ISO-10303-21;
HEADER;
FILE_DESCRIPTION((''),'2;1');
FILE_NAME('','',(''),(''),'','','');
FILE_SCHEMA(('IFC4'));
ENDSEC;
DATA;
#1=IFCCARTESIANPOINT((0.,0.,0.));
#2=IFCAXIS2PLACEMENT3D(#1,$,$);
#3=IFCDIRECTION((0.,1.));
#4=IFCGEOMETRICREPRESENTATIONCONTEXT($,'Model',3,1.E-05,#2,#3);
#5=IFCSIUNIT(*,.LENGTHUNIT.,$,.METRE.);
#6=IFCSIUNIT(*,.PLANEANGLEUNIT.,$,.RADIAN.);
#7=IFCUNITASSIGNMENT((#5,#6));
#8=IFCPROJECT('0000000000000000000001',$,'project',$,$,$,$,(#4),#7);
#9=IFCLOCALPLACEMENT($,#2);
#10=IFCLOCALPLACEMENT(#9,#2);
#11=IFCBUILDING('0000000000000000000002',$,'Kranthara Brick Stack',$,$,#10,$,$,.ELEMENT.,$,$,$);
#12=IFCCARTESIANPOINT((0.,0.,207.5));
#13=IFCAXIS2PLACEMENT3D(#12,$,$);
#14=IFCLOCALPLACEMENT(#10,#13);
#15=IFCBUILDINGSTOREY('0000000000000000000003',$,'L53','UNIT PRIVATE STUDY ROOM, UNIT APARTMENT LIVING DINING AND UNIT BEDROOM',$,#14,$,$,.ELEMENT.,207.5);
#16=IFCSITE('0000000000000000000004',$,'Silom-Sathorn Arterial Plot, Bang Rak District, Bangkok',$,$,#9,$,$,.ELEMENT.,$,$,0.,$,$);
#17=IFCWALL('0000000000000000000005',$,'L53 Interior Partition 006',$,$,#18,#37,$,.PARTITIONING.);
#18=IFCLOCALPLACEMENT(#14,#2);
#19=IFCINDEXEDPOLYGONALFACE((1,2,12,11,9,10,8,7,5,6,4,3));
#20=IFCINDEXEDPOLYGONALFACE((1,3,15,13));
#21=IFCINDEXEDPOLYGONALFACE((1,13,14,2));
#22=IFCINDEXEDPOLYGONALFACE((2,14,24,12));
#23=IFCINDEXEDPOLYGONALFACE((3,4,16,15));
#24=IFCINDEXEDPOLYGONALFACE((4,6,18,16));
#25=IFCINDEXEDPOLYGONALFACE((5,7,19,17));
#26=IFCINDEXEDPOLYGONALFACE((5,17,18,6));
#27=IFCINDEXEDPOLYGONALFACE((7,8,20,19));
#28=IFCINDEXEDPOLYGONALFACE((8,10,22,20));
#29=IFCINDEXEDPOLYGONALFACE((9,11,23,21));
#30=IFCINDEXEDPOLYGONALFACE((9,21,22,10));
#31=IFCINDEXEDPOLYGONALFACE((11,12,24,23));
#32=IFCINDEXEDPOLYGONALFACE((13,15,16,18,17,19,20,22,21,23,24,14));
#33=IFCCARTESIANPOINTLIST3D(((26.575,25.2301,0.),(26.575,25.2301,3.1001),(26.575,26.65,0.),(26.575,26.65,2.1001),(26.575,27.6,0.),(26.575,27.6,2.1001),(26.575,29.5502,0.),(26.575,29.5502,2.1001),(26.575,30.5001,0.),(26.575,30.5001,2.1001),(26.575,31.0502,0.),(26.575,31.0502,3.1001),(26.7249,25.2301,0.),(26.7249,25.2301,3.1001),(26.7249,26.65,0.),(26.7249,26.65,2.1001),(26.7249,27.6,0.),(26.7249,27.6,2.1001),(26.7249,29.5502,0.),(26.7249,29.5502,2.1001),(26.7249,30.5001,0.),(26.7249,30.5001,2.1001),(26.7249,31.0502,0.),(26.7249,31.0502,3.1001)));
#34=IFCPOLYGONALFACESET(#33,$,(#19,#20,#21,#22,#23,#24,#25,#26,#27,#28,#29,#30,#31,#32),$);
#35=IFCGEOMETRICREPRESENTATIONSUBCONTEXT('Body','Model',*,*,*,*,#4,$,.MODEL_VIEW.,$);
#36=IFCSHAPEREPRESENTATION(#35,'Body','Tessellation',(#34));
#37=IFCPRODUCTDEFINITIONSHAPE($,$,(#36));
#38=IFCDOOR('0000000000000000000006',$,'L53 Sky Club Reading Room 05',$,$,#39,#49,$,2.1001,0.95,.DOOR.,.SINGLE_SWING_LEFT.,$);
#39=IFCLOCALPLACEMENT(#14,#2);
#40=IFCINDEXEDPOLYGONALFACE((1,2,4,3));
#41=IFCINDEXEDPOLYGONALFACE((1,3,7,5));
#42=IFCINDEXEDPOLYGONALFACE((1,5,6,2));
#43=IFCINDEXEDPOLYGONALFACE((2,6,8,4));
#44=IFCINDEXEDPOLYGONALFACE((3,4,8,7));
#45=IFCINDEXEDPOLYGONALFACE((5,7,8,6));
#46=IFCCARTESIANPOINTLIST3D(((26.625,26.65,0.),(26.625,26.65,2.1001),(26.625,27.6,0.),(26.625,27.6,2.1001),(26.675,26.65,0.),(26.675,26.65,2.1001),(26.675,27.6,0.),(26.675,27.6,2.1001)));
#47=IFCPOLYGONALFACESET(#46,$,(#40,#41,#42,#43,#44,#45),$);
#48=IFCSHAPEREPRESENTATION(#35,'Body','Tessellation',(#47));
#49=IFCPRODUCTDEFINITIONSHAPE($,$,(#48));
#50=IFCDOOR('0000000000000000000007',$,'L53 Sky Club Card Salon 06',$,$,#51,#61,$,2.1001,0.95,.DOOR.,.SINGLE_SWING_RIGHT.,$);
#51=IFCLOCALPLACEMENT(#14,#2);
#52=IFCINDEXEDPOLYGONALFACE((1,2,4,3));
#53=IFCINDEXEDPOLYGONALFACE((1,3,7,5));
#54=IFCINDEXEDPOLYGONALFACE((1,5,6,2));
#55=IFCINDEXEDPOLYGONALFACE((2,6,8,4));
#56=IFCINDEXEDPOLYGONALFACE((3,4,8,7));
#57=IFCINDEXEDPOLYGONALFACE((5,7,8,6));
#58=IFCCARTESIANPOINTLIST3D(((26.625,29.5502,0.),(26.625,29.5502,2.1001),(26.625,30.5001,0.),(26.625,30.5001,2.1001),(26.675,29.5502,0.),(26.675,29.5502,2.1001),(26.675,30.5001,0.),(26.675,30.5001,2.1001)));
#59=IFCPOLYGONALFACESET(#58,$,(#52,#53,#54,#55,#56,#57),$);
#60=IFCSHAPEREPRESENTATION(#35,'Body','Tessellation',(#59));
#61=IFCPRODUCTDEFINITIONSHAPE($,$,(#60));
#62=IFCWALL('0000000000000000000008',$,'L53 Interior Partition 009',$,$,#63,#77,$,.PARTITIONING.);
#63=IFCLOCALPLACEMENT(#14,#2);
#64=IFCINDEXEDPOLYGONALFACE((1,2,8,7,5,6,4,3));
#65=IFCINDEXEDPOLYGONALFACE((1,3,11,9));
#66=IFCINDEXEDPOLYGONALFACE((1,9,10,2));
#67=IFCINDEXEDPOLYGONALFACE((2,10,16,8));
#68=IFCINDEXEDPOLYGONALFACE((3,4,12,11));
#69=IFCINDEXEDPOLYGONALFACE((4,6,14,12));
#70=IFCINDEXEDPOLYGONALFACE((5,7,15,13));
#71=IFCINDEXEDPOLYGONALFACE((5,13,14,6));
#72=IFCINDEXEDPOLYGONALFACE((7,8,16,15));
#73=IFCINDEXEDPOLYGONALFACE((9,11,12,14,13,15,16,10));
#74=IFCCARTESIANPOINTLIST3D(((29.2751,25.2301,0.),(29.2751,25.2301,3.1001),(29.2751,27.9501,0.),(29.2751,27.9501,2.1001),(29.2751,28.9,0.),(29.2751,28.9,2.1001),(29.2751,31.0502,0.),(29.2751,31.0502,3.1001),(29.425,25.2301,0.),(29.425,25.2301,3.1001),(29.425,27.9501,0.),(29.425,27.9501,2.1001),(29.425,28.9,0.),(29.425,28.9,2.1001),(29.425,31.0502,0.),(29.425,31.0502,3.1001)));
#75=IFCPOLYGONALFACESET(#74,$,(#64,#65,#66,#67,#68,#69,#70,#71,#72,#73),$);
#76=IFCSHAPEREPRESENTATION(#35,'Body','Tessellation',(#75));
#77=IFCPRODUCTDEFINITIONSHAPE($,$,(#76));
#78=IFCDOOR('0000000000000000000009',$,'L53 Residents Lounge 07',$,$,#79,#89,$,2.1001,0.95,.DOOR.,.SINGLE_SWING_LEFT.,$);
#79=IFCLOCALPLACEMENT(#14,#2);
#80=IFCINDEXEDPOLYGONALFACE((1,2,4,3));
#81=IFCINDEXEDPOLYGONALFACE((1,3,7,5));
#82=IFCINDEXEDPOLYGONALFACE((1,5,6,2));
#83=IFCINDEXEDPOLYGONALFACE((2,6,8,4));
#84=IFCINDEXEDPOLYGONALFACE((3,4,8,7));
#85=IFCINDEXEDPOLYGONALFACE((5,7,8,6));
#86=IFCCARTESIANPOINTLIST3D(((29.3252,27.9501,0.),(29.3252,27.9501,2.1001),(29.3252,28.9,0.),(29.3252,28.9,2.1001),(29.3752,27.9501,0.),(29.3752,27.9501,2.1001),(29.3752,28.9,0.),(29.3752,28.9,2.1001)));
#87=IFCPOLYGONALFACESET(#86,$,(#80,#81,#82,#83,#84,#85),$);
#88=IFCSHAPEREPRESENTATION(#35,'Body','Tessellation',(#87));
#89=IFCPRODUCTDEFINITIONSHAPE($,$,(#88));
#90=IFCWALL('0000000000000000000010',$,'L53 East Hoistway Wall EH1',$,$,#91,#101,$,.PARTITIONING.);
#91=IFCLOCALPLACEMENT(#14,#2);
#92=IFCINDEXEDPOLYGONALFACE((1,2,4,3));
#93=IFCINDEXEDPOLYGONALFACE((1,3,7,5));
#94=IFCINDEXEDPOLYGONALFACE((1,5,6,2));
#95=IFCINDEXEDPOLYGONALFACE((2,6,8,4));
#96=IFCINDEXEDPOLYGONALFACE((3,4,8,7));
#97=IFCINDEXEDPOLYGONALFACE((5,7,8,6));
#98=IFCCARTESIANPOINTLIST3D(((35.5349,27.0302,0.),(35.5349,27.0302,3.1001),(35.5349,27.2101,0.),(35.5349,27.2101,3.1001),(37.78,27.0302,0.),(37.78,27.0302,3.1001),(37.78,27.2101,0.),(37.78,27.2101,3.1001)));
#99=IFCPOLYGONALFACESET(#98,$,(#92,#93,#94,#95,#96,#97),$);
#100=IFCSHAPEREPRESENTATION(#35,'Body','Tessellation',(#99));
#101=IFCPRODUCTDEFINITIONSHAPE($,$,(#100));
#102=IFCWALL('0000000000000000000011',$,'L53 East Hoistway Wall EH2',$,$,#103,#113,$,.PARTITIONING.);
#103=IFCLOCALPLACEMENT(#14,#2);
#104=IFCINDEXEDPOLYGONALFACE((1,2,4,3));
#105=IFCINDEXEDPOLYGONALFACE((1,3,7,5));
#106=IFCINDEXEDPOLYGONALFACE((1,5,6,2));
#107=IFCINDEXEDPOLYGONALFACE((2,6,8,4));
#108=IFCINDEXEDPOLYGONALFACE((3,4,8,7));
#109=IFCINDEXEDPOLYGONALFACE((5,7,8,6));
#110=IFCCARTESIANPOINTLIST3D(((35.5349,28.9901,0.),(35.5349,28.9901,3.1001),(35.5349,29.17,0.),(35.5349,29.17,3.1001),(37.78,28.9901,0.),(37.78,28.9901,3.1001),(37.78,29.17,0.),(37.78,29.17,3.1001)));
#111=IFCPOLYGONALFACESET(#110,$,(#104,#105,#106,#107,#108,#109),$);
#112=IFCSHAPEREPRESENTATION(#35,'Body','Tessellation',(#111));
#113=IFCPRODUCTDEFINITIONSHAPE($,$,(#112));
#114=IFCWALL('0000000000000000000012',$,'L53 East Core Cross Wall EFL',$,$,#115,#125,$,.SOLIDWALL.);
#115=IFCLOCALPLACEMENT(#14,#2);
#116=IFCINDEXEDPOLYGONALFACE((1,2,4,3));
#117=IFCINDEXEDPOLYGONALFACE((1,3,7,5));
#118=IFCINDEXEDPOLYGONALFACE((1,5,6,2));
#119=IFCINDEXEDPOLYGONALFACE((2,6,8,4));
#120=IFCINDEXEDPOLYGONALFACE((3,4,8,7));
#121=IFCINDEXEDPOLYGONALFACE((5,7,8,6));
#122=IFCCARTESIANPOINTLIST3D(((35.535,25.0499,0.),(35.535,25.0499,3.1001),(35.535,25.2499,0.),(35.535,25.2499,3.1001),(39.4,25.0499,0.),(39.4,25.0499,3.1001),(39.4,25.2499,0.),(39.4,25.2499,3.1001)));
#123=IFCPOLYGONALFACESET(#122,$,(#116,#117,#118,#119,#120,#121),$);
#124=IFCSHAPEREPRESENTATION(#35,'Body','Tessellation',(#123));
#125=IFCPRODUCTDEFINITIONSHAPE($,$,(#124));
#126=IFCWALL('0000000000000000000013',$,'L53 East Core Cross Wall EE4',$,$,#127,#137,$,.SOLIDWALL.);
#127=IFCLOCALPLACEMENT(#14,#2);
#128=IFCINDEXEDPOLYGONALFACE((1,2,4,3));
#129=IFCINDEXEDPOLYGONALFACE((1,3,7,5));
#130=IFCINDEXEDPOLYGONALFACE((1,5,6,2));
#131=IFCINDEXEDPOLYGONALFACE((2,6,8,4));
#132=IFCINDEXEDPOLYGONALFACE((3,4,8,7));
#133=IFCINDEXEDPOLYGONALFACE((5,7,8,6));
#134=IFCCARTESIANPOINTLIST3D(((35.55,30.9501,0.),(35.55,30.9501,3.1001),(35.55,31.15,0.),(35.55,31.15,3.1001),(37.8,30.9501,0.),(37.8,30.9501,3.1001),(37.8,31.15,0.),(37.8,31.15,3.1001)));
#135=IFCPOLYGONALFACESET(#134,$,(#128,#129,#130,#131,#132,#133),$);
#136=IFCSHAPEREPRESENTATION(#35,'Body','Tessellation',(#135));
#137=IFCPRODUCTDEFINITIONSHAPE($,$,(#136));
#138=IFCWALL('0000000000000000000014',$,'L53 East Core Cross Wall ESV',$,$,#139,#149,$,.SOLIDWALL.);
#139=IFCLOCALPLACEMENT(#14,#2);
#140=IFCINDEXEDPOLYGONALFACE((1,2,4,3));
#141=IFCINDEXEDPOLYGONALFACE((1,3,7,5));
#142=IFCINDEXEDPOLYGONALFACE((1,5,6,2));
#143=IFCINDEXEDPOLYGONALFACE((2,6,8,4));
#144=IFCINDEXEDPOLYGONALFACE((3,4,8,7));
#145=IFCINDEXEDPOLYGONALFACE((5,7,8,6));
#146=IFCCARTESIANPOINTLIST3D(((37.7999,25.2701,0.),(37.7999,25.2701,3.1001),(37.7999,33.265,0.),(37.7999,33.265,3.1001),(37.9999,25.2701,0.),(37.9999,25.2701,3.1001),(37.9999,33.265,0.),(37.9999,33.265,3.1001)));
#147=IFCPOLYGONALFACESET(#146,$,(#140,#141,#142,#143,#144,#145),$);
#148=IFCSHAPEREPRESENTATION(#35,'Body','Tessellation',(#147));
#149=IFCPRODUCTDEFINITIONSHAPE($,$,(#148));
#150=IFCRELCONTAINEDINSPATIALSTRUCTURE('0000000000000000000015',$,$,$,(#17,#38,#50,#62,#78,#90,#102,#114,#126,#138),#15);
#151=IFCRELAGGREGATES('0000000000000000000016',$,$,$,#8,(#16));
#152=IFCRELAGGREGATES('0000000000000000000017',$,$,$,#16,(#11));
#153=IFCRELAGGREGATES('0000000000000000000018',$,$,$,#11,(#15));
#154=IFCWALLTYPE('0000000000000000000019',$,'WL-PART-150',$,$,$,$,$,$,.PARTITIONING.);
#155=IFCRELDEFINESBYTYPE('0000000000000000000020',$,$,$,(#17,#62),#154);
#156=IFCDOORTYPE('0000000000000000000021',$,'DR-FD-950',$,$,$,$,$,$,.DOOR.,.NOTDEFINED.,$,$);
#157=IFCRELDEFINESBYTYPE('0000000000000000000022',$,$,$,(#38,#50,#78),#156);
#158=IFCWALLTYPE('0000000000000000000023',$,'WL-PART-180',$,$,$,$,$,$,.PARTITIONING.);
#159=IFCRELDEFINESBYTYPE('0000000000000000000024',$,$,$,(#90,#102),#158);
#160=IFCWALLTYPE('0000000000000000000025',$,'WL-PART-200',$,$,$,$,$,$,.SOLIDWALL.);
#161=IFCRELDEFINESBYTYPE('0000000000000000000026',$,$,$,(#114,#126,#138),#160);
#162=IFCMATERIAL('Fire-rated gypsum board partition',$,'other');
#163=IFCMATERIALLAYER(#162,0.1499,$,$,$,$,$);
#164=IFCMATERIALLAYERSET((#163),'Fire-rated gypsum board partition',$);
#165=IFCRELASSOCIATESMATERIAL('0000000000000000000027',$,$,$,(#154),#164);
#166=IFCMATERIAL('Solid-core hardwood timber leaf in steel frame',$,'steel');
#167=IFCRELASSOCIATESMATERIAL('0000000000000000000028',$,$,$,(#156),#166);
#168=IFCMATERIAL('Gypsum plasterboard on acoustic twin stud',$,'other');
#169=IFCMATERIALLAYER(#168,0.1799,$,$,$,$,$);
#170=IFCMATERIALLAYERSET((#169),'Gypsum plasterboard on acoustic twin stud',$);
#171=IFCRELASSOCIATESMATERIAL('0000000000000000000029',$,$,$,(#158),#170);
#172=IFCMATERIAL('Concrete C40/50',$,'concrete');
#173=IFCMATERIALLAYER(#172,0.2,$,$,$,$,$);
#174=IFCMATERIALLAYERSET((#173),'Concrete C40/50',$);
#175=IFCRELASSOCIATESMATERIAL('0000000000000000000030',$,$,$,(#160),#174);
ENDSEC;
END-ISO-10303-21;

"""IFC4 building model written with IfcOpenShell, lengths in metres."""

from ifc_helpers import new_model, si_unit, direction, frame, frame_2d, origin, place, context, subcontext, project, spatial, rectangle, extrude, material, layer, layer_set, type_object, element, fill, save


model = new_model("IFC4")

# Units and contexts
model_context = context("Model", 3, precision=1e-05, world=origin(), true_north=direction((0.0, 1.0)))
body_context = subcontext(model_context, "Body", "Model", "MODEL_VIEW")
ifc_project = project(units=[si_unit("LENGTHUNIT", "METRE"), si_unit("PLANEANGLEUNIT", "RADIAN")], contexts=[model_context])

# Site, building, storey
site_placement = place(None, origin())
site = spatial("IfcSite", under=ifc_project, at=site_placement, Name="Silom-Sathorn Arterial Plot, Bang Rak District, Bangkok", CompositionType="ELEMENT", RefElevation=0.0)
building_placement = place(site_placement, origin())
building = spatial("IfcBuilding", under=site, at=building_placement, Name="Kranthara Brick Stack", CompositionType="ELEMENT")
storey_placement = place(building_placement, frame((0.0, 0.0, 207.5)))
storey = spatial("IfcBuildingStorey", under=building, at=storey_placement, Name="L53", Description="UNIT PRIVATE STUDY ROOM, UNIT APARTMENT LIVING DINING AND UNIT BEDROOM", CompositionType="ELEMENT", Elevation=207.5)

# Shared definitions
ifc_material_1 = material(Name="Fire-rated gypsum board partition", Category="other")
ifc_layer_1 = layer(ifc_material_1, 0.1499)
ifc_layer_set_1 = layer_set([ifc_layer_1], Name="Fire-rated gypsum board partition")
wall_type_1 = type_object("IfcWallType", Name="WL-PART-150", PredefinedType="PARTITIONING", material=ifc_layer_set_1)

# Wall, openings, doors
wall_1_placement = place(storey_placement, frame((26.6499, 25.23, 0.0), z_axis=(0.0, 0.0, 1.0), x_axis=(0.0, 1.0, 0.0)))
wall_1 = element("IfcWall", 1, at=wall_1_placement, inside=storey, type_object=wall_type_1, Name="L53 Interior Partition 006", PredefinedType="PARTITIONING", context=body_context, shape_type="SweptSolid", body=[
    extrude(rectangle(XDim=5.8201, YDim=0.1499, at=frame_2d((2.9102, 0.0))), origin(), (0.0, 0.0, 1.0), 3.1001),
])
opening_1_placement = place(wall_1_placement, frame((1.4199, 0.0, 0.0)))
opening_1 = element("IfcOpeningElement", 2, at=opening_1_placement, cuts=wall_1, PredefinedType="OPENING", context=body_context, shape_type="SweptSolid", body=[
    extrude(rectangle(XDim=0.95, YDim=2.1001, at=frame_2d((0.4751, 1.05))), frame((0.0, 0.085, 0.0), z_axis=(0.0, -1.0, 0.0), x_axis=(1.0, 0.0, 0.0)), (0.0, 0.0, 1.0), 0.1699),
])
opening_2_placement = place(wall_1_placement, frame((4.3201, 0.0, 0.0)))
opening_2 = element("IfcOpeningElement", 3, at=opening_2_placement, cuts=wall_1, PredefinedType="OPENING", context=body_context, shape_type="SweptSolid", body=[
    extrude(rectangle(XDim=0.95, YDim=2.1001, at=frame_2d((0.4751, 1.05))), frame((0.0, 0.085, 0.0), z_axis=(0.0, -1.0, 0.0), x_axis=(1.0, 0.0, 0.0)), (0.0, 0.0, 1.0), 0.1699),
])
ifc_material_2 = material(Name="Solid-core hardwood timber leaf in steel frame", Category="steel")
door_type_1 = type_object("IfcDoorType", Name="DR-FD-950", OperationType="NOTDEFINED", PredefinedType="DOOR", material=ifc_material_2)
door_1_placement = place(opening_1_placement, origin())
door_1 = element("IfcDoor", 4, at=door_1_placement, inside=storey, type_object=door_type_1, Name="L53 Sky Club Reading Room 05", OperationType="SINGLE_SWING_LEFT", OverallHeight=2.1001, OverallWidth=0.95, PredefinedType="DOOR", context=body_context, shape_type="SweptSolid", body=[
    extrude(rectangle(XDim=0.95, YDim=2.1001, at=frame_2d((0.4751, 1.05))), frame((0.0, 0.0249, 0.0), z_axis=(0.0, -1.0, 0.0), x_axis=(1.0, 0.0, 0.0)), (0.0, 0.0, 1.0), 0.05),
])
fill(opening_1, door_1)
door_2_placement = place(opening_2_placement, origin())
door_2 = element("IfcDoor", 5, at=door_2_placement, inside=storey, type_object=door_type_1, Name="L53 Sky Club Card Salon 06", OperationType="SINGLE_SWING_RIGHT", OverallHeight=2.1001, OverallWidth=0.95, PredefinedType="DOOR", context=body_context, shape_type="SweptSolid", body=[
    extrude(rectangle(XDim=0.95, YDim=2.1001, at=frame_2d((0.4751, 1.05))), frame((0.0, 0.0249, 0.0), z_axis=(0.0, -1.0, 0.0), x_axis=(1.0, 0.0, 0.0)), (0.0, 0.0, 1.0), 0.05),
])
fill(opening_2, door_2)

# Wall, opening, door
wall_2_placement = place(storey_placement, frame((29.3501, 25.23, 0.0), z_axis=(0.0, 0.0, 1.0), x_axis=(0.0, 1.0, 0.0)))
wall_2 = element("IfcWall", 6, at=wall_2_placement, inside=storey, type_object=wall_type_1, Name="L53 Interior Partition 009", PredefinedType="PARTITIONING", context=body_context, shape_type="SweptSolid", body=[
    extrude(rectangle(XDim=5.8201, YDim=0.1499, at=frame_2d((2.9102, 0.0))), origin(), (0.0, 0.0, 1.0), 3.1001),
])
opening_3_placement = place(wall_2_placement, frame((2.72, 0.0, 0.0)))
opening_3 = element("IfcOpeningElement", 7, at=opening_3_placement, cuts=wall_2, PredefinedType="OPENING", context=body_context, shape_type="SweptSolid", body=[
    extrude(rectangle(XDim=0.95, YDim=2.1001, at=frame_2d((0.4751, 1.05))), frame((0.0, 0.085, 0.0), z_axis=(0.0, -1.0, 0.0), x_axis=(1.0, 0.0, 0.0)), (0.0, 0.0, 1.0), 0.1699),
])
door_3_placement = place(opening_3_placement, origin())
door_3 = element("IfcDoor", 8, at=door_3_placement, inside=storey, type_object=door_type_1, Name="L53 Residents Lounge 07", OperationType="SINGLE_SWING_LEFT", OverallHeight=2.1001, OverallWidth=0.95, PredefinedType="DOOR", context=body_context, shape_type="SweptSolid", body=[
    extrude(rectangle(XDim=0.95, YDim=2.1001, at=frame_2d((0.4751, 1.05))), frame((0.0, 0.0249, 0.0), z_axis=(0.0, -1.0, 0.0), x_axis=(1.0, 0.0, 0.0)), (0.0, 0.0, 1.0), 0.05),
])
fill(opening_3, door_3)

# Walls
ifc_material_3 = material(Name="Gypsum plasterboard on acoustic twin stud", Category="other")
ifc_layer_2 = layer(ifc_material_3, 0.1799)
ifc_layer_set_2 = layer_set([ifc_layer_2], Name="Gypsum plasterboard on acoustic twin stud")
wall_type_2 = type_object("IfcWallType", Name="WL-PART-180", PredefinedType="PARTITIONING", material=ifc_layer_set_2)
for number, where, z_axis, x_axis, name in (
    (9, (35.5349, 27.1201, 0.0), (0.0, 0.0, 1.0), (1.0, 0.0, 0.0), "L53 East Hoistway Wall EH1"),
    (10, (35.5349, 29.0801, 0.0), (0.0, 0.0, 1.0), (1.0, 0.0, 0.0), "L53 East Hoistway Wall EH2"),
):
    element("IfcWall", number, at=place(storey_placement, frame(where, z_axis=z_axis, x_axis=x_axis)), inside=storey, type_object=wall_type_2, Name=name, PredefinedType="PARTITIONING", context=body_context, shape_type="SweptSolid", body=[
        extrude(rectangle(XDim=2.2451, YDim=0.1799, at=frame_2d((1.1226, 0.0))), origin(), (0.0, 0.0, 1.0), 3.1001),
    ])
ifc_material_4 = material(Name="Concrete C40/50", Category="concrete")
ifc_layer_3 = layer(ifc_material_4, 0.2)
ifc_layer_set_3 = layer_set([ifc_layer_3], Name="Concrete C40/50")
wall_type_3 = type_object("IfcWallType", Name="WL-PART-200", PredefinedType="SOLIDWALL", material=ifc_layer_set_3)
wall_3_placement = place(storey_placement, frame((35.5349, 25.1499, 0.0), z_axis=(0.0, 0.0, 1.0), x_axis=(1.0, 0.0, 0.0)))
element("IfcWall", 11, at=wall_3_placement, inside=storey, type_object=wall_type_3, Name="L53 East Core Cross Wall EFL", PredefinedType="SOLIDWALL", context=body_context, shape_type="SweptSolid", body=[
    extrude(rectangle(XDim=3.865, YDim=0.2, at=frame_2d((1.9326, 0.0))), origin(), (0.0, 0.0, 1.0), 3.1001),
])
wall_4_placement = place(storey_placement, frame((35.55, 31.05, 0.0), z_axis=(0.0, 0.0, 1.0), x_axis=(1.0, 0.0, 0.0)))
element("IfcWall", 12, at=wall_4_placement, inside=storey, type_object=wall_type_3, Name="L53 East Core Cross Wall EE4", PredefinedType="SOLIDWALL", context=body_context, shape_type="SweptSolid", body=[
    extrude(rectangle(XDim=2.25, YDim=0.2, at=frame_2d((1.125, 0.0))), origin(), (0.0, 0.0, 1.0), 3.1001),
])
wall_5_placement = place(storey_placement, frame((37.8999, 25.27, 0.0), z_axis=(0.0, 0.0, 1.0), x_axis=(0.0, 1.0, 0.0)))
element("IfcWall", 13, at=wall_5_placement, inside=storey, type_object=wall_type_3, Name="L53 East Core Cross Wall ESV", PredefinedType="SOLIDWALL", context=body_context, shape_type="SweptSolid", body=[
    extrude(rectangle(XDim=7.9949, YDim=0.2, at=frame_2d((3.9976, 0.0))), origin(), (0.0, 0.0, 1.0), 3.1001),
])

save(model, "model.ifc")
